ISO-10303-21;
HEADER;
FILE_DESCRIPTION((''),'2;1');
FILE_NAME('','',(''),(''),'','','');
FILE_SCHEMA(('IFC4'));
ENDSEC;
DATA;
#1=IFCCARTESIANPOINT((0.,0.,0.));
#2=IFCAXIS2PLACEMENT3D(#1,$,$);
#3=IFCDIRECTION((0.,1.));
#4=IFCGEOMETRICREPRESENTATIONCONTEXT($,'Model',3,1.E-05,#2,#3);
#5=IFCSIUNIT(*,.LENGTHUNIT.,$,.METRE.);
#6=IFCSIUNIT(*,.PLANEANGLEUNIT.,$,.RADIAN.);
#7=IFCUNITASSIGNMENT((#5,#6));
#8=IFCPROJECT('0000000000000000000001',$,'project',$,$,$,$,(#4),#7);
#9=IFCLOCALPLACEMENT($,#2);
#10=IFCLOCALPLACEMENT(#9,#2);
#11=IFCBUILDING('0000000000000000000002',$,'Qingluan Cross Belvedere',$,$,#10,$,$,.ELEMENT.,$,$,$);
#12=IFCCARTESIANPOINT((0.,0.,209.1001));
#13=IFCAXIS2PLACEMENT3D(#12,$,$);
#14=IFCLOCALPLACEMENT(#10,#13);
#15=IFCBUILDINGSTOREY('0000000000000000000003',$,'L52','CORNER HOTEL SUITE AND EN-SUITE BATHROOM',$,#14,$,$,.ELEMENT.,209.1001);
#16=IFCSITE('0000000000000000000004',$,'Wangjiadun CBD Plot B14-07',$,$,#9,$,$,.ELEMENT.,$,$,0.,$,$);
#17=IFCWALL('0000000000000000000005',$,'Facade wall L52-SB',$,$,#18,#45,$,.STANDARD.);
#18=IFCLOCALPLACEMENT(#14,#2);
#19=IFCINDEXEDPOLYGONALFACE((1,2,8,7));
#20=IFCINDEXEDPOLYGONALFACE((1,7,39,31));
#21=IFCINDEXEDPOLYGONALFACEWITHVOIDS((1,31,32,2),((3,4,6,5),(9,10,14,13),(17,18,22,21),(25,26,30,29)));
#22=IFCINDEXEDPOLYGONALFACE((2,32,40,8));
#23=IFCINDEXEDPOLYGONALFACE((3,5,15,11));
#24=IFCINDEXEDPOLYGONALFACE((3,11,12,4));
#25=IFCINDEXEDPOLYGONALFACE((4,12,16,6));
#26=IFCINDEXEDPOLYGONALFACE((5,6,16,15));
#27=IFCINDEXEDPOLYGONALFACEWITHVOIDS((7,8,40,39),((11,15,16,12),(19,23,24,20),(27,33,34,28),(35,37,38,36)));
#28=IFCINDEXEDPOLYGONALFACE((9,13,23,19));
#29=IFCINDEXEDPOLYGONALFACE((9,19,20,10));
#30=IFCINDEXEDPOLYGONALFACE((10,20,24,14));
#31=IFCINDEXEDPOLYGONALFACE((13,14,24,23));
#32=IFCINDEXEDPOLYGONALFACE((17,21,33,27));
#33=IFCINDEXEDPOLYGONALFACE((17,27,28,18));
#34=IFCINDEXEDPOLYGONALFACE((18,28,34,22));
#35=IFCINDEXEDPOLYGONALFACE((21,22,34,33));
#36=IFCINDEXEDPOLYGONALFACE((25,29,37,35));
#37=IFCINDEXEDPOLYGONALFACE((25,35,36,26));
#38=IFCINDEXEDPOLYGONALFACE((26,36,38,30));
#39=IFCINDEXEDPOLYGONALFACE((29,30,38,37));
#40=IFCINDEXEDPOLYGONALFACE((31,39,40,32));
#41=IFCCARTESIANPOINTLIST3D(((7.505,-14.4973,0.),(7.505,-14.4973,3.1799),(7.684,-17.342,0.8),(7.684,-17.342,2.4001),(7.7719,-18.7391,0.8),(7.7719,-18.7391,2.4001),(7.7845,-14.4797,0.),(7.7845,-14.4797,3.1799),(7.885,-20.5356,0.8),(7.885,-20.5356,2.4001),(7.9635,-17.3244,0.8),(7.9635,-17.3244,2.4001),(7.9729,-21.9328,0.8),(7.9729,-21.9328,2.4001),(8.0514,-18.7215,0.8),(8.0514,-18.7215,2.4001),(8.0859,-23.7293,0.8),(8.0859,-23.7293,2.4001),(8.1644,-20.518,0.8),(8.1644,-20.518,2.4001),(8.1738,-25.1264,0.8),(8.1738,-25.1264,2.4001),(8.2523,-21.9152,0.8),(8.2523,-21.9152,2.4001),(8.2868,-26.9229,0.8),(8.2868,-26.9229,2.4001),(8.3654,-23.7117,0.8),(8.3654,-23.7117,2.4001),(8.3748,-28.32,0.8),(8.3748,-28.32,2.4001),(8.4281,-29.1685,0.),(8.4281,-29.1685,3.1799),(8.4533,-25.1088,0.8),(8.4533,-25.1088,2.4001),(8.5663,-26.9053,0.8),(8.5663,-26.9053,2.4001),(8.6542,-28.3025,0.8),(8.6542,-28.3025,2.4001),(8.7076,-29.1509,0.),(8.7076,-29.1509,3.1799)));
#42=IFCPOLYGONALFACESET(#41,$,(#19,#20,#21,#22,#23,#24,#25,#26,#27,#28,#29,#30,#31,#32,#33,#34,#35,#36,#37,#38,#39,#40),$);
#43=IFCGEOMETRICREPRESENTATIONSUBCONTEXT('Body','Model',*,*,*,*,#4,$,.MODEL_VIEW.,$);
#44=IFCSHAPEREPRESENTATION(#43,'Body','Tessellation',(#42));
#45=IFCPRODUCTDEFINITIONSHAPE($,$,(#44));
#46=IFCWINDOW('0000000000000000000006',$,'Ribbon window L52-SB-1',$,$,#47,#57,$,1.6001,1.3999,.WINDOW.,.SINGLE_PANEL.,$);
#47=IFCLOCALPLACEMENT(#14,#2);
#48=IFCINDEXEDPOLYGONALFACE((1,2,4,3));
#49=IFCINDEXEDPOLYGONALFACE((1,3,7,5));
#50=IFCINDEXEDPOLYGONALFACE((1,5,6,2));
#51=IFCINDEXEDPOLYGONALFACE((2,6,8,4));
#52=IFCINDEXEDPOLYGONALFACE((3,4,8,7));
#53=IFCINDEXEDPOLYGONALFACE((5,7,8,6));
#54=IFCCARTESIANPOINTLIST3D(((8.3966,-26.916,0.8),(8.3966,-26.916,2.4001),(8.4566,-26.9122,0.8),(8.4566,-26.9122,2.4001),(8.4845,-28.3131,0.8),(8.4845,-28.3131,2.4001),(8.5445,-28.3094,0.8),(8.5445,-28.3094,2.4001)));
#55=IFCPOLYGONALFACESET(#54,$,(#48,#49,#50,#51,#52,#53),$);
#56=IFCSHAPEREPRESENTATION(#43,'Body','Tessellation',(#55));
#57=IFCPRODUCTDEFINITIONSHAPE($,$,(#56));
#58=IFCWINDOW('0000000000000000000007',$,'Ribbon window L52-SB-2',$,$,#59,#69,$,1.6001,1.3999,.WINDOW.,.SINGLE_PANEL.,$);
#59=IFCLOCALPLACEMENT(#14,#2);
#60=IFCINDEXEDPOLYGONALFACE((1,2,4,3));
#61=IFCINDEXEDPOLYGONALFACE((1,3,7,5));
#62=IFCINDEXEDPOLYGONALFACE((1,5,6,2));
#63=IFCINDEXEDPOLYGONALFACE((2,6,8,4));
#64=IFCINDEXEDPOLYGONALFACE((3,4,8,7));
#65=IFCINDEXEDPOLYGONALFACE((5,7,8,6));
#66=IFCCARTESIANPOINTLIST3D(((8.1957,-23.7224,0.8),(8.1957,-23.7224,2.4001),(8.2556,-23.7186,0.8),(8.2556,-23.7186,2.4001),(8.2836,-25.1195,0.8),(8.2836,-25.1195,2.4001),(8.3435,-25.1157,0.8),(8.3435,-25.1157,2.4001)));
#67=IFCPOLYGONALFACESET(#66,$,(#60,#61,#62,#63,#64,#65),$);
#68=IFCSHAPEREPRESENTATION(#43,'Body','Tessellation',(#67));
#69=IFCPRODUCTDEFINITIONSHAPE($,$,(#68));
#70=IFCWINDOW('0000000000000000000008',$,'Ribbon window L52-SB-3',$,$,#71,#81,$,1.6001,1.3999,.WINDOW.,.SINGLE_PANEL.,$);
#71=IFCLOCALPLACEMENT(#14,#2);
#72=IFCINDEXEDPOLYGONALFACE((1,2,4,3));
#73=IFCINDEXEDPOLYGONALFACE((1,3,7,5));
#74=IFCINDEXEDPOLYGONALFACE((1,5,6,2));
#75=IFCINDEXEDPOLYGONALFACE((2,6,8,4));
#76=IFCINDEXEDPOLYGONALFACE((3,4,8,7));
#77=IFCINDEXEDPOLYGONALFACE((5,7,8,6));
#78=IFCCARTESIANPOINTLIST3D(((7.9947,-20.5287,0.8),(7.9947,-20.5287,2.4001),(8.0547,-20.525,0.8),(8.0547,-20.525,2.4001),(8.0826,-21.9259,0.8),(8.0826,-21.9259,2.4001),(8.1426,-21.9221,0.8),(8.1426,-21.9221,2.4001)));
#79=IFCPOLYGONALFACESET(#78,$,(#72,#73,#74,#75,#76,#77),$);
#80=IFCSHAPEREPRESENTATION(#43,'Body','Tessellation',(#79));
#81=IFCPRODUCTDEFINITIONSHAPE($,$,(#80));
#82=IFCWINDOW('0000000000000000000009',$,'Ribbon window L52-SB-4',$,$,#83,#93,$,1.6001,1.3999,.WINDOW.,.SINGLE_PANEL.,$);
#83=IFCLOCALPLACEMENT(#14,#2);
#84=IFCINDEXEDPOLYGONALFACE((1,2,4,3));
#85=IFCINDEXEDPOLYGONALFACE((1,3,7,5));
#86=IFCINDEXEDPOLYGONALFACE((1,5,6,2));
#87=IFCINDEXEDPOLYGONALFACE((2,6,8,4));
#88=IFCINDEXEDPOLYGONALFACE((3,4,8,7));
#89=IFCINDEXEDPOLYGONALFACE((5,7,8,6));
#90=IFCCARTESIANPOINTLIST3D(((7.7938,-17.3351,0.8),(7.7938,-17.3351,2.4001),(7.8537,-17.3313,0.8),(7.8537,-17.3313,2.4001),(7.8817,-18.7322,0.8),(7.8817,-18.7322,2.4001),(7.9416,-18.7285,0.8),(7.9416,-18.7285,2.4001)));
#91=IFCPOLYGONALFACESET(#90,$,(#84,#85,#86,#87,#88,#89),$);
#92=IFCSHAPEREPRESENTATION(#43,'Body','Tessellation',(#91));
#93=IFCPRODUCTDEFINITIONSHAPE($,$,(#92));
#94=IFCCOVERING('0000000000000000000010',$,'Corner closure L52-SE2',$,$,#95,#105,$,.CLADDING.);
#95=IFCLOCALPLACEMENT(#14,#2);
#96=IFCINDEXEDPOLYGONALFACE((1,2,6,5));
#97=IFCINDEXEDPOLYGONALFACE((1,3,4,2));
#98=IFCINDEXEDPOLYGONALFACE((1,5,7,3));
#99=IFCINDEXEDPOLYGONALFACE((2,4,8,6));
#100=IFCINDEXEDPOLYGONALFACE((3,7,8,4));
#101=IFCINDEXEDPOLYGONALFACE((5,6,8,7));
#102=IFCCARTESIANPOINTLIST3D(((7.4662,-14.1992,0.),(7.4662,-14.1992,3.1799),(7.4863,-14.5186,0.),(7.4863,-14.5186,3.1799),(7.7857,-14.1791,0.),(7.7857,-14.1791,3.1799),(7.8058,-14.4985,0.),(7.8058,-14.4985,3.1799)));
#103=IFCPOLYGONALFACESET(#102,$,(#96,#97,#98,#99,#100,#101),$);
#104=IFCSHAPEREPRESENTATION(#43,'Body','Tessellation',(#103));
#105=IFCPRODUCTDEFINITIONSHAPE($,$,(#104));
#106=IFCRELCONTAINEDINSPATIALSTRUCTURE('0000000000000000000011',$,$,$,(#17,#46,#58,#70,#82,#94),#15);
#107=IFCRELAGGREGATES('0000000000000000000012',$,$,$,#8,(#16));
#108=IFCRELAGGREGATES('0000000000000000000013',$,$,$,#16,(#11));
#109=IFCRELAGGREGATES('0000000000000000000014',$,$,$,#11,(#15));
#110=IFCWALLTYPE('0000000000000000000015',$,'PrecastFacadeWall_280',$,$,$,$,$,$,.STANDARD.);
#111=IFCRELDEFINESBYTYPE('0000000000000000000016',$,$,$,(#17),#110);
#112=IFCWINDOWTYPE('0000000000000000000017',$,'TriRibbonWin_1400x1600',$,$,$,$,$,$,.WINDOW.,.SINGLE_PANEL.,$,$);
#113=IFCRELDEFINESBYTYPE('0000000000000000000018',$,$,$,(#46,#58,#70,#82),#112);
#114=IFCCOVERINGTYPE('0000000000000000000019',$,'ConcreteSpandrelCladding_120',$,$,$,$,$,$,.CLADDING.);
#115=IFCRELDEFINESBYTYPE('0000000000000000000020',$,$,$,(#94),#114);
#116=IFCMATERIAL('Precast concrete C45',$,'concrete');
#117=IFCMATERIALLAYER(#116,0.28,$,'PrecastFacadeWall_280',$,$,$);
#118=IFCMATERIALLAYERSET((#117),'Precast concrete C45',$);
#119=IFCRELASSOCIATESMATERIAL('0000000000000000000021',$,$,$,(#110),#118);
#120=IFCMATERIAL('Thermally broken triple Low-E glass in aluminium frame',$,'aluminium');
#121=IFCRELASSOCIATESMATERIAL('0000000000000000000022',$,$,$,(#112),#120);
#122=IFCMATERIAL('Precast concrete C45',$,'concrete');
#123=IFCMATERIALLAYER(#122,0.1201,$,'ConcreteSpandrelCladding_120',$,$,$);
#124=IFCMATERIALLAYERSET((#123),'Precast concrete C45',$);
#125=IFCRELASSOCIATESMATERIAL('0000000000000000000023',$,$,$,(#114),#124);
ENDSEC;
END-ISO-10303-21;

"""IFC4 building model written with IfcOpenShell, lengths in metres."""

from ifc_helpers import new_model, si_unit, direction, frame, frame_2d, origin, origin_2d, place, context, subcontext, project, spatial, rectangle, extrude, material, layer, layer_set, type_object, element, fill, save


model = new_model("IFC4")

# Units and contexts
model_context = context("Model", 3, precision=1e-05, world=origin(), true_north=direction((0.0, 1.0)))
body_context = subcontext(model_context, "Body", "Model", "MODEL_VIEW")
ifc_project = project(units=[si_unit("LENGTHUNIT", "METRE"), si_unit("PLANEANGLEUNIT", "RADIAN")], contexts=[model_context])

# Site, building, storey
site_placement = place(None, origin())
site = spatial("IfcSite", under=ifc_project, at=site_placement, Name="Wangjiadun CBD Plot B14-07", CompositionType="ELEMENT", RefElevation=0.0)
building_placement = place(site_placement, origin())
building = spatial("IfcBuilding", under=site, at=building_placement, Name="Qingluan Cross Belvedere", CompositionType="ELEMENT")
storey_placement = place(building_placement, frame((0.0, 0.0, 209.1001)))
storey = spatial("IfcBuildingStorey", under=building, at=storey_placement, Name="L52", Description="CORNER HOTEL SUITE AND EN-SUITE BATHROOM", CompositionType="ELEMENT", Elevation=209.1001)

# Wall, openings, windows
ifc_material_1 = material(Name="Precast concrete C45", Category="concrete")
ifc_layer_1 = layer(ifc_material_1, 0.28, Name="PrecastFacadeWall_280")
ifc_layer_set_1 = layer_set([ifc_layer_1], Name="Precast concrete C45")
wall_type_1 = type_object("IfcWallType", Name="PrecastFacadeWall_280", PredefinedType="STANDARD", material=ifc_layer_set_1)
wall_1_placement = place(storey_placement, frame((8.5679, -29.1597, 0.0), z_axis=(0.0, 0.0, 1.0), x_axis=(-0.062795, 0.998026, 0.0)))
wall_1 = element("IfcWall", 1, at=wall_1_placement, inside=storey, type_object=wall_type_1, Name="Facade wall L52-SB", PredefinedType="STANDARD", context=body_context, shape_type="SweptSolid", body=[
    extrude(rectangle(XDim=14.7002, YDim=0.28, at=frame_2d((7.3501, 0.0))), origin(), (0.0, 0.0, 1.0), 3.1799),
])
opening_1_placement = place(wall_1_placement, frame((0.8501, 0.0, 0.8)))
opening_1 = element("IfcOpeningElement", 2, at=opening_1_placement, cuts=wall_1, PredefinedType="OPENING", context=body_context, shape_type="SweptSolid", body=[
    extrude(rectangle(XDim=1.3999, YDim=1.6001, at=frame_2d((0.7, 0.8))), frame((0.0, 0.1499, 0.0), z_axis=(0.0, -1.0, 0.0), x_axis=(1.0, 0.0, 0.0)), (0.0, 0.0, 1.0), 0.3),
])
opening_2_placement = place(wall_1_placement, frame((4.05, 0.0, 0.8)))
opening_2 = element("IfcOpeningElement", 3, at=opening_2_placement, cuts=wall_1, PredefinedType="OPENING", context=body_context, shape_type="SweptSolid", body=[
    extrude(rectangle(XDim=1.3999, YDim=1.6001, at=frame_2d((0.7, 0.8))), frame((0.0, 0.1499, 0.0), z_axis=(0.0, -1.0, 0.0), x_axis=(1.0, 0.0, 0.0)), (0.0, 0.0, 1.0), 0.3),
])
opening_3_placement = place(wall_1_placement, frame((7.25, 0.0, 0.8)))
opening_3 = element("IfcOpeningElement", 4, at=opening_3_placement, cuts=wall_1, PredefinedType="OPENING", context=body_context, shape_type="SweptSolid", body=[
    extrude(rectangle(XDim=1.3999, YDim=1.6001, at=frame_2d((0.7, 0.8))), frame((0.0, 0.1499, 0.0), z_axis=(0.0, -1.0, 0.0), x_axis=(1.0, 0.0, 0.0)), (0.0, 0.0, 1.0), 0.3),
])
opening_4_placement = place(wall_1_placement, frame((10.45, 0.0, 0.8)))
opening_4 = element("IfcOpeningElement", 5, at=opening_4_placement, cuts=wall_1, PredefinedType="OPENING", context=body_context, shape_type="SweptSolid", body=[
    extrude(rectangle(XDim=1.3999, YDim=1.6001, at=frame_2d((0.7, 0.8))), frame((0.0, 0.1499, 0.0), z_axis=(0.0, -1.0, 0.0), x_axis=(1.0, 0.0, 0.0)), (0.0, 0.0, 1.0), 0.3),
])
ifc_material_2 = material(Name="Thermally broken triple Low-E glass in aluminium frame", Category="aluminium")
window_type = type_object("IfcWindowType", Name="TriRibbonWin_1400x1600", PartitioningType="SINGLE_PANEL", PredefinedType="WINDOW", material=ifc_material_2)
window_1_placement = place(opening_1_placement, origin())
window_1 = element("IfcWindow", 6, at=window_1_placement, inside=storey, type_object=window_type, Name="Ribbon window L52-SB-1", OverallHeight=1.6001, OverallWidth=1.3999, PartitioningType="SINGLE_PANEL", PredefinedType="WINDOW", context=body_context, shape_type="SweptSolid", body=[
    extrude(rectangle(XDim=1.3999, YDim=1.6001, at=frame_2d((0.7, 0.8))), frame((0.0, 0.03, 0.0), z_axis=(0.0, -1.0, 0.0), x_axis=(1.0, 0.0, 0.0)), (0.0, 0.0, 1.0), 0.0601),
])
fill(opening_1, window_1)
window_2_placement = place(opening_2_placement, origin())
window_2 = element("IfcWindow", 7, at=window_2_placement, inside=storey, type_object=window_type, Name="Ribbon window L52-SB-2", OverallHeight=1.6001, OverallWidth=1.3999, PartitioningType="SINGLE_PANEL", PredefinedType="WINDOW", context=body_context, shape_type="SweptSolid", body=[
    extrude(rectangle(XDim=1.3999, YDim=1.6001, at=frame_2d((0.7, 0.8))), frame((0.0, 0.03, 0.0), z_axis=(0.0, -1.0, 0.0), x_axis=(1.0, 0.0, 0.0)), (0.0, 0.0, 1.0), 0.0601),
])
fill(opening_2, window_2)
window_3_placement = place(opening_3_placement, origin())
window_3 = element("IfcWindow", 8, at=window_3_placement, inside=storey, type_object=window_type, Name="Ribbon window L52-SB-3", OverallHeight=1.6001, OverallWidth=1.3999, PartitioningType="SINGLE_PANEL", PredefinedType="WINDOW", context=body_context, shape_type="SweptSolid", body=[
    extrude(rectangle(XDim=1.3999, YDim=1.6001, at=frame_2d((0.7, 0.8))), frame((0.0, 0.03, 0.0), z_axis=(0.0, -1.0, 0.0), x_axis=(1.0, 0.0, 0.0)), (0.0, 0.0, 1.0), 0.0601),
])
fill(opening_3, window_3)
window_4_placement = place(opening_4_placement, origin())
window_4 = element("IfcWindow", 9, at=window_4_placement, inside=storey, type_object=window_type, Name="Ribbon window L52-SB-4", OverallHeight=1.6001, OverallWidth=1.3999, PartitioningType="SINGLE_PANEL", PredefinedType="WINDOW", context=body_context, shape_type="SweptSolid", body=[
    extrude(rectangle(XDim=1.3999, YDim=1.6001, at=frame_2d((0.7, 0.8))), frame((0.0, 0.03, 0.0), z_axis=(0.0, -1.0, 0.0), x_axis=(1.0, 0.0, 0.0)), (0.0, 0.0, 1.0), 0.0601),
])
fill(opening_4, window_4)

# Covering
ifc_material_3 = material(Name="Precast concrete C45", Category="concrete")
ifc_layer_2 = layer(ifc_material_3, 0.1201, Name="ConcreteSpandrelCladding_120")
ifc_layer_set_2 = layer_set([ifc_layer_2], Name="Precast concrete C45")
covering_type = type_object("IfcCoveringType", Name="ConcreteSpandrelCladding_120", PredefinedType="CLADDING", material=ifc_layer_set_2)
covering_placement = place(storey_placement, frame((7.636, -14.3489, 0.0), z_axis=(0.0, 0.0, 1.0), x_axis=(0.998027, 0.062791, 0.0)))
element("IfcCovering", 10, at=covering_placement, inside=storey, type_object=covering_type, Name="Corner closure L52-SE2", PredefinedType="CLADDING", context=body_context, shape_type="SweptSolid", body=[
    extrude(rectangle(XDim=0.3201, YDim=0.3201, at=origin_2d()), origin(), (0.0, 0.0, 1.0), 3.1799),
])

save(model, "model.ifc")
